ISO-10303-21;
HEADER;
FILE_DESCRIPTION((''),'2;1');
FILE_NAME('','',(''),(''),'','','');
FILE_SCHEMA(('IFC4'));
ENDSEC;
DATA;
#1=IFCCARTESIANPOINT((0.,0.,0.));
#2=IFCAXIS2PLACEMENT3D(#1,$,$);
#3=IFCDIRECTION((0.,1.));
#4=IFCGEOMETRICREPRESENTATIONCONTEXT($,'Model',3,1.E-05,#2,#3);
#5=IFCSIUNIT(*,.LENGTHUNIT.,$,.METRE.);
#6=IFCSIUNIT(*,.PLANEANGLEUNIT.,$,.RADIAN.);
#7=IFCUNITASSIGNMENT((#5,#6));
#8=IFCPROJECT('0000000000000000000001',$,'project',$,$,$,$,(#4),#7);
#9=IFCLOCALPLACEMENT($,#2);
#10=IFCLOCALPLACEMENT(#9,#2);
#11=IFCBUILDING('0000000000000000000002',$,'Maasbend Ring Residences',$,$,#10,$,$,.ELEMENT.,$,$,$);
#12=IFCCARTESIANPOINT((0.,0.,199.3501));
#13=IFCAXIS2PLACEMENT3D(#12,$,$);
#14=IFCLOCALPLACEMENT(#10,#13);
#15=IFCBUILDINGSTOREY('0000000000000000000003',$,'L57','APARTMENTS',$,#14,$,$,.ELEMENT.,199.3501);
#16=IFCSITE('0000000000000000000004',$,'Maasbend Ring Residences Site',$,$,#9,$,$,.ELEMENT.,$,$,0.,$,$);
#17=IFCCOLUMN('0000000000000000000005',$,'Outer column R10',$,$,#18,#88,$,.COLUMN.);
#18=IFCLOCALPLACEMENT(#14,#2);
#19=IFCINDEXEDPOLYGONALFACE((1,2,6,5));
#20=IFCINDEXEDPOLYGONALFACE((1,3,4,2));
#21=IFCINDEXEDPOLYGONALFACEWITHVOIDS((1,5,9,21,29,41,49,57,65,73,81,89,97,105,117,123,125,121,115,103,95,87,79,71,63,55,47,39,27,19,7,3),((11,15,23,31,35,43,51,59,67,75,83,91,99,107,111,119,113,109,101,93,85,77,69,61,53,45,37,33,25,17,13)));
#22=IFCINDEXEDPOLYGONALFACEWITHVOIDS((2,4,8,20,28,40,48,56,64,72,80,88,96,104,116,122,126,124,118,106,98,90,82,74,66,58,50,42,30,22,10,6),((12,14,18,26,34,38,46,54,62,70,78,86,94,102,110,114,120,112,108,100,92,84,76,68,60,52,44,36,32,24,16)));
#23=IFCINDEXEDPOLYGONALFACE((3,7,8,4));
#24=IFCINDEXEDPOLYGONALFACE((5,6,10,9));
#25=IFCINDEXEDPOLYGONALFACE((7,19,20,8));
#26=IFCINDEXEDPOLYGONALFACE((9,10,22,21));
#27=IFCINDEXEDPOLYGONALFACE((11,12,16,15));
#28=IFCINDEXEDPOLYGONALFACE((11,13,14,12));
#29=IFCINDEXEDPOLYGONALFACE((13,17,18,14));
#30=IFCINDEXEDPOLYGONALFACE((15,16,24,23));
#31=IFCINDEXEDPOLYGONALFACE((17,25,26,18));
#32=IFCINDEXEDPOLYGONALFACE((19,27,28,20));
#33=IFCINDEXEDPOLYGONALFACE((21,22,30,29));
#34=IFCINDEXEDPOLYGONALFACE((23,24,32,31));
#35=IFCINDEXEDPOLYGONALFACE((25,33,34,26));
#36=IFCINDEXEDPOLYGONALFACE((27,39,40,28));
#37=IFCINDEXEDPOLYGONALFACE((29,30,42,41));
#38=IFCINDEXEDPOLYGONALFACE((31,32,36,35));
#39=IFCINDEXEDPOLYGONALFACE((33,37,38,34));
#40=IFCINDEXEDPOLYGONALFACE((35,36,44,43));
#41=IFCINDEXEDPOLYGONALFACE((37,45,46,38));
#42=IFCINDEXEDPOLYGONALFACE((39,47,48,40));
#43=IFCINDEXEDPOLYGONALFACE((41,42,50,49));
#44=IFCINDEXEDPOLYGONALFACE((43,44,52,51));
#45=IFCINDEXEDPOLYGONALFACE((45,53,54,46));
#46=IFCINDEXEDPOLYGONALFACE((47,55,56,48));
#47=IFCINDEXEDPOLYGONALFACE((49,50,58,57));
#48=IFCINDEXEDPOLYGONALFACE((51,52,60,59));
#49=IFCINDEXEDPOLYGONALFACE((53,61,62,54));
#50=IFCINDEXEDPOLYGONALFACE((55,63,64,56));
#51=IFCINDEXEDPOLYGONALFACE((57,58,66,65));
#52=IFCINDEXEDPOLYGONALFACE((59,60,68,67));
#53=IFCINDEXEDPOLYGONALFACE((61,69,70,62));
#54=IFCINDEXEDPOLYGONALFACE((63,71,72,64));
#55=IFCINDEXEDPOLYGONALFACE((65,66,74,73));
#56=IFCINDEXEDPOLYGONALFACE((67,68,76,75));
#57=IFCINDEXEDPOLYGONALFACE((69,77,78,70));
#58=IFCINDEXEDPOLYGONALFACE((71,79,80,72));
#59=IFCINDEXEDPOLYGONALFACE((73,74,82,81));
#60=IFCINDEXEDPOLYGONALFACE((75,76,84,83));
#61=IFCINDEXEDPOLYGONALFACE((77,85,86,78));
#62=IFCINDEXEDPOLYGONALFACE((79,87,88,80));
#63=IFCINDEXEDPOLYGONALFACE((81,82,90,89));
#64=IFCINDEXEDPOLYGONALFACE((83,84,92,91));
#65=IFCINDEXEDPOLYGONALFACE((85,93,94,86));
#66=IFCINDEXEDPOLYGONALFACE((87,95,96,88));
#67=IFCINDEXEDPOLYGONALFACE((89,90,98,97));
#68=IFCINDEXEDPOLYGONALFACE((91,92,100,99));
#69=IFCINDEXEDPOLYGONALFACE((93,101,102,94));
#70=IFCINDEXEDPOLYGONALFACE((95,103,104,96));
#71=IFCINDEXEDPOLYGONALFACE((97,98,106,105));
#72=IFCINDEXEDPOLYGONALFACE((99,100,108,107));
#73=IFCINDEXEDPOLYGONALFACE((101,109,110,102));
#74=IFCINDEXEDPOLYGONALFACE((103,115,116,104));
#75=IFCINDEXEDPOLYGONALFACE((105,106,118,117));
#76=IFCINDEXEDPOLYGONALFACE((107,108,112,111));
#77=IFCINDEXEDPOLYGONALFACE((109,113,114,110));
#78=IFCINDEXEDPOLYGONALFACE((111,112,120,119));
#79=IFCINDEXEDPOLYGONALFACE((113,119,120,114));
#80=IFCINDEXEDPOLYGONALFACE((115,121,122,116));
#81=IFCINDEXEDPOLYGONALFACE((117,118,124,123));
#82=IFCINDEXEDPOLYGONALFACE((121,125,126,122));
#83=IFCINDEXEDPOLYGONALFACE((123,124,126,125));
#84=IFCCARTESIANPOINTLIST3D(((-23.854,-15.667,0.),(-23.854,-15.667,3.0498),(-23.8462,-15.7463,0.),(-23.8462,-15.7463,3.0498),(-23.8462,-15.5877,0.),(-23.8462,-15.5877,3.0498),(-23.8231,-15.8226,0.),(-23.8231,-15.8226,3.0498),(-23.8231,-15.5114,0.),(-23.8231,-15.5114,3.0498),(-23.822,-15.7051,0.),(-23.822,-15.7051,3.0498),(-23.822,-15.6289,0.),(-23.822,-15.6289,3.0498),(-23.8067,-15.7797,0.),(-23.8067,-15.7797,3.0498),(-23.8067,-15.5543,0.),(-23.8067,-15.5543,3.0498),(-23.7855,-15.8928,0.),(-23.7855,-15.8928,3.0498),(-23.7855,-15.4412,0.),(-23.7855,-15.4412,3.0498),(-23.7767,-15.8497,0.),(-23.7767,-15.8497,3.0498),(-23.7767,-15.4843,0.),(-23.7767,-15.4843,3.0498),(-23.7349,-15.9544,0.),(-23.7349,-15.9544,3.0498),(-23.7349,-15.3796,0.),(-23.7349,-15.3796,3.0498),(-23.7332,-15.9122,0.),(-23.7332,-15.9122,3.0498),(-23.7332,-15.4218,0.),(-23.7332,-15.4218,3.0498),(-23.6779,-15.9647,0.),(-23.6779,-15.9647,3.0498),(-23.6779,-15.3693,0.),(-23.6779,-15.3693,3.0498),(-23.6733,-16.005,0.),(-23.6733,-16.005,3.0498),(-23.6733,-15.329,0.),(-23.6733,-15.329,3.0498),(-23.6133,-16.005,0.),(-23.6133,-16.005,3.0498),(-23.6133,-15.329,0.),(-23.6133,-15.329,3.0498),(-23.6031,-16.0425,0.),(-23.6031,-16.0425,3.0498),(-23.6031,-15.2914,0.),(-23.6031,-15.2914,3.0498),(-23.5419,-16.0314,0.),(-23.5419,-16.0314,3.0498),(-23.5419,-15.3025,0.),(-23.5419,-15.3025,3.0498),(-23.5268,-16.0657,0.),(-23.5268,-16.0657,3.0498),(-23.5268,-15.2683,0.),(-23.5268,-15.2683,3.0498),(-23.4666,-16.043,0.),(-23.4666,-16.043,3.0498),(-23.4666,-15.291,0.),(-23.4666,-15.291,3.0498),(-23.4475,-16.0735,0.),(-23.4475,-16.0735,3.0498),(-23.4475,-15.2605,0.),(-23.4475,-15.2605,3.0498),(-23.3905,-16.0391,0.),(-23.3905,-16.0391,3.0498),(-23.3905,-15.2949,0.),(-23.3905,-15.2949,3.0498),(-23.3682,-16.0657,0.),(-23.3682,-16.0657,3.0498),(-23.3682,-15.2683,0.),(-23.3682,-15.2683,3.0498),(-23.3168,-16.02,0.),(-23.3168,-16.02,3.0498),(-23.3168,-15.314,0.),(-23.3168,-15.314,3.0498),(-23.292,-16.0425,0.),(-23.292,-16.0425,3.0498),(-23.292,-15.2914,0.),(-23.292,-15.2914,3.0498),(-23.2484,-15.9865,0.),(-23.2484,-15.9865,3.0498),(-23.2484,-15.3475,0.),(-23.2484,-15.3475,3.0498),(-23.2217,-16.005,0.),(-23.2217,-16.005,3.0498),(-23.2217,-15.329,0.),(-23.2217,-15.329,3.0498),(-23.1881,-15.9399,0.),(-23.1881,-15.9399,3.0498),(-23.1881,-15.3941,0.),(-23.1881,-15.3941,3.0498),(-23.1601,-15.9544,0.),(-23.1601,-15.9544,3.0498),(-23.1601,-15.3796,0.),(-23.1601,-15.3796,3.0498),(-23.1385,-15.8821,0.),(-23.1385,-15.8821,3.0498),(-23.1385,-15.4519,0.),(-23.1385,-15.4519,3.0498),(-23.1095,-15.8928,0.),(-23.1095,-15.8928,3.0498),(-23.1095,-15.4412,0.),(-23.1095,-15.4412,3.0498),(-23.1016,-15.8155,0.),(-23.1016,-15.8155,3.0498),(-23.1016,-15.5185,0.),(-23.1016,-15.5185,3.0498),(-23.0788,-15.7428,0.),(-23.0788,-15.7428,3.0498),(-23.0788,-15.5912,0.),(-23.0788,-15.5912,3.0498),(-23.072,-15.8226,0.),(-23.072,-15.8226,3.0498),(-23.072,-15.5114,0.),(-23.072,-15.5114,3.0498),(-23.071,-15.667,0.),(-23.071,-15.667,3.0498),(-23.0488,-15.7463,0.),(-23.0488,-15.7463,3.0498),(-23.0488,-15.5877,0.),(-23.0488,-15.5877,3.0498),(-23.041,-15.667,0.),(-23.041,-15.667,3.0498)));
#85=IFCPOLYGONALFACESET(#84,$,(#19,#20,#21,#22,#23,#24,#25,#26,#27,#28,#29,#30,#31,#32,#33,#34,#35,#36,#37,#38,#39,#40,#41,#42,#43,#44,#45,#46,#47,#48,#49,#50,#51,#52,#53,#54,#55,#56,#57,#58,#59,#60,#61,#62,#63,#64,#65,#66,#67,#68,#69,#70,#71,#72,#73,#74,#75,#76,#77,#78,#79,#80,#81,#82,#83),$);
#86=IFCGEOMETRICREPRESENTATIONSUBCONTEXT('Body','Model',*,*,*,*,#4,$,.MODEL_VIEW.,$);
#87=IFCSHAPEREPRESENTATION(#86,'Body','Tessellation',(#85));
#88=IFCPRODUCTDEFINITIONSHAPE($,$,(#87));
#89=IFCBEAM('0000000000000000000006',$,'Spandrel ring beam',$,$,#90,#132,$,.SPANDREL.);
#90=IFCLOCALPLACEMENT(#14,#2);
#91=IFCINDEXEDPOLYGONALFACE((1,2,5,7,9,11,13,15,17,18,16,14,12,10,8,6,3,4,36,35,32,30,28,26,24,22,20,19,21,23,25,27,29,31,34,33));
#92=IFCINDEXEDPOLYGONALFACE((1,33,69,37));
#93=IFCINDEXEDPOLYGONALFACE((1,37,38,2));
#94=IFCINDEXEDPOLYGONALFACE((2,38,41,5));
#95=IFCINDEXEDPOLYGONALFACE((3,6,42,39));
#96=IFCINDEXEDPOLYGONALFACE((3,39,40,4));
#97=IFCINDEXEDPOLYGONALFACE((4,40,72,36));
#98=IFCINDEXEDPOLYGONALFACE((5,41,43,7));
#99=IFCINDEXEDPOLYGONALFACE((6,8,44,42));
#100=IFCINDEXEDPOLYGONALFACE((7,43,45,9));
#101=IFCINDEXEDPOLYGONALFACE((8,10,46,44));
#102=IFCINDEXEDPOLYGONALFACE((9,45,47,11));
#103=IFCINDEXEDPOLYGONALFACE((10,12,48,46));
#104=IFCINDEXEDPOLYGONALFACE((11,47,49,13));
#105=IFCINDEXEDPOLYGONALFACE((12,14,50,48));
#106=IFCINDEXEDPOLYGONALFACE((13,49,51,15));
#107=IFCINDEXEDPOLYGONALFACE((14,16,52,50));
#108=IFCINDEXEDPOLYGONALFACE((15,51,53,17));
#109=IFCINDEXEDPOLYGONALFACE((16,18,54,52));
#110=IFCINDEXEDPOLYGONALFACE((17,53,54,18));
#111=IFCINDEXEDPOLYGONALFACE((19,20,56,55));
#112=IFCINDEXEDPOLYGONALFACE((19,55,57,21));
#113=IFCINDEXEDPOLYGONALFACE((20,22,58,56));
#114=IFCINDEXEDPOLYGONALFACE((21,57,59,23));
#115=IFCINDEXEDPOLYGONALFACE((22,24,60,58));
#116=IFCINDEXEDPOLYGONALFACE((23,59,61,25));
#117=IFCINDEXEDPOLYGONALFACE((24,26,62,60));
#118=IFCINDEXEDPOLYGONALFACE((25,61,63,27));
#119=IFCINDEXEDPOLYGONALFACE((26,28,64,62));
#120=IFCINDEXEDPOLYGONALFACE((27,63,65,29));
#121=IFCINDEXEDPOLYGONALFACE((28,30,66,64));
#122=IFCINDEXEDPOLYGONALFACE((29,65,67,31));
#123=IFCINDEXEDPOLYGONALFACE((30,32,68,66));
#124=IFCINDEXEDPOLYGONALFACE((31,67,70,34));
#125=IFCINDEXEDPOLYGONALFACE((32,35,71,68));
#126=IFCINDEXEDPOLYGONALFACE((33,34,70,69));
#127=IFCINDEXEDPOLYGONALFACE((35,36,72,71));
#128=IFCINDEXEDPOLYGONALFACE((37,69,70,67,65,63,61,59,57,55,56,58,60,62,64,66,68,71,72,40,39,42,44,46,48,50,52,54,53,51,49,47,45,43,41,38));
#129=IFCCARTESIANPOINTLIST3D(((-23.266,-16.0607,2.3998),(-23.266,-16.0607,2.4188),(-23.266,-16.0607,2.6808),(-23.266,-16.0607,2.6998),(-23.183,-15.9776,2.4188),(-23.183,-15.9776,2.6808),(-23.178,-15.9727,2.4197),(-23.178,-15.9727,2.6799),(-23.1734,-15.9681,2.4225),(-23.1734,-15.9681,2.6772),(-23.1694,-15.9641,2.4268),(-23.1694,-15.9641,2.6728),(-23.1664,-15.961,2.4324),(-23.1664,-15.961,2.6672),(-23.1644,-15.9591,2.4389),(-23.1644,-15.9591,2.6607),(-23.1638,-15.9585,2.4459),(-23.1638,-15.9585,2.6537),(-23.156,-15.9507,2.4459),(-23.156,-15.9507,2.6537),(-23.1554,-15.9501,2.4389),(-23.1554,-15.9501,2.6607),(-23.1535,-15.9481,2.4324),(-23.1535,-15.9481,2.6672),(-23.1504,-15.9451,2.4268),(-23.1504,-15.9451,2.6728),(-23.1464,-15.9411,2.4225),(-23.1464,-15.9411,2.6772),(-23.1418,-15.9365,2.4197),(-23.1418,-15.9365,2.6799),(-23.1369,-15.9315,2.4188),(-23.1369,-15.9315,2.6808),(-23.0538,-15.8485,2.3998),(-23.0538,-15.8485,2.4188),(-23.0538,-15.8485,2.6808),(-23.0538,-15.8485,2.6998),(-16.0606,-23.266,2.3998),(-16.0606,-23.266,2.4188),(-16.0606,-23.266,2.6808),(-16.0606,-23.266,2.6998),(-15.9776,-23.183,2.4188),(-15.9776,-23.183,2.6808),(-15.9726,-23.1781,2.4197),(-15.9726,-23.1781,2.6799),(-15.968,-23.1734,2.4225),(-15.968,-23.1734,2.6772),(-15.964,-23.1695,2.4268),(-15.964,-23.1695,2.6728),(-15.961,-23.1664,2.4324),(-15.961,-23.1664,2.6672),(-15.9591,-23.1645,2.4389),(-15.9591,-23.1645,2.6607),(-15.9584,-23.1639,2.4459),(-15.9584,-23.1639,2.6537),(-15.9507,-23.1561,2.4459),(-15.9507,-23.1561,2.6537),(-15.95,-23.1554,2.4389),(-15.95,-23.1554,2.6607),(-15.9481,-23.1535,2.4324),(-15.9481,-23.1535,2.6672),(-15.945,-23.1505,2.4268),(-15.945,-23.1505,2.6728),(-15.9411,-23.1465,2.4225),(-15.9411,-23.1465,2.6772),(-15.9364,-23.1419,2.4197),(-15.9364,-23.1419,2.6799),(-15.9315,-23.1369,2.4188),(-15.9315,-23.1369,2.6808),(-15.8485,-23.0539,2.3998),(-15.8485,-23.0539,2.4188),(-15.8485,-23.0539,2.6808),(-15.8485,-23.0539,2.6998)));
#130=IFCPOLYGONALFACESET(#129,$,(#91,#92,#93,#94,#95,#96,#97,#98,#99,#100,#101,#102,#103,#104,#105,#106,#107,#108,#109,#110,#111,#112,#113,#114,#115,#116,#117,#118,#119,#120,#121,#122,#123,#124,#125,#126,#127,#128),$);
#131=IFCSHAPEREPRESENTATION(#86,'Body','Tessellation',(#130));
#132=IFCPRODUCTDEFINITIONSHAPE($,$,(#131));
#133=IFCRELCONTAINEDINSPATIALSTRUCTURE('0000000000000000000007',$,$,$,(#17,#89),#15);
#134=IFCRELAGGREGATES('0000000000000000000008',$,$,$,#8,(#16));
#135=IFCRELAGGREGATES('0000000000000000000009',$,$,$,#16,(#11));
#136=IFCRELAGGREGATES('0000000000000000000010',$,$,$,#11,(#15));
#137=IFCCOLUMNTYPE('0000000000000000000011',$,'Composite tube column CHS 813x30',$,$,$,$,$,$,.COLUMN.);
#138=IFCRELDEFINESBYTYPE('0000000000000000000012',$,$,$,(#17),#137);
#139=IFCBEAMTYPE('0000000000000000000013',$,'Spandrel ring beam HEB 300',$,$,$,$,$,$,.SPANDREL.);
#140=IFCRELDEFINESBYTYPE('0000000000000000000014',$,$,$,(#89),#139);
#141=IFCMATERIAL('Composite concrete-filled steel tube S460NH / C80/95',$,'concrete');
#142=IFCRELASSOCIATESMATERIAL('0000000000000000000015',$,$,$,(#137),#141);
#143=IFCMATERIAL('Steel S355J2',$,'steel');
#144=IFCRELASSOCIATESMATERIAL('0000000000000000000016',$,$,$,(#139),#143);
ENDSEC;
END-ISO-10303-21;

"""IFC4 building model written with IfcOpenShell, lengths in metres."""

from ifc_helpers import new_model, si_unit, direction, frame, origin, origin_2d, place, context, subcontext, project, spatial, hollow_circle, i_section, extrude, material, material_profile, profile_set, type_object, element, save


model = new_model("IFC4")

# Units and contexts
model_context = context("Model", 3, precision=1e-05, world=origin(), true_north=direction((0.0, 1.0)))
body_context = subcontext(model_context, "Body", "Model", "MODEL_VIEW")
ifc_project = project(units=[si_unit("LENGTHUNIT", "METRE"), si_unit("PLANEANGLEUNIT", "RADIAN")], contexts=[model_context])

# Site, building, storey
site_placement = place(None, origin())
site = spatial("IfcSite", under=ifc_project, at=site_placement, Name="Maasbend Ring Residences Site", CompositionType="ELEMENT", RefElevation=0.0)
building_placement = place(site_placement, origin())
building = spatial("IfcBuilding", under=site, at=building_placement, Name="Maasbend Ring Residences", CompositionType="ELEMENT")
storey_placement = place(building_placement, frame((0.0, 0.0, 199.3501)))
storey = spatial("IfcBuildingStorey", under=building, at=storey_placement, Name="L57", Description="APARTMENTS", CompositionType="ELEMENT", Elevation=199.3501)

# Column
ifc_material_1 = material(Name="Composite concrete-filled steel tube S460NH / C80/95", Category="concrete")
ifc_material_profile_1 = material_profile(ifc_material_1, hollow_circle(Radius=0.4065, WallThickness=0.03, at=origin_2d()), Name="Composite tube column CHS 813x30")
ifc_profile_set_1 = profile_set([ifc_material_profile_1], Name="Composite concrete-filled steel tube S460NH / C80/95")
column_type = type_object("IfcColumnType", Name="Composite tube column CHS 813x30", PredefinedType="COLUMN", material=ifc_profile_set_1)
column_placement = place(storey_placement, frame((-23.4475, -15.667, 0.0), z_axis=(0.0, 0.0, 1.0), x_axis=(1.0, 0.0, 0.0)))
element("IfcColumn", 1, at=column_placement, inside=storey, type_object=column_type, Name="Outer column R10", PredefinedType="COLUMN", context=body_context, shape_type="SweptSolid", body=[
    extrude(hollow_circle(Radius=0.4065, WallThickness=0.03, at=origin_2d()), origin(), (0.0, 0.0, 1.0), 3.0498),
])

# Beam
ifc_material_2 = material(Name="Steel S355J2", Category="steel")
ifc_material_profile_2 = material_profile(ifc_material_2, i_section(OverallWidth=0.3, OverallDepth=0.3, WebThickness=0.011, FlangeThickness=0.019, FilletRadius=0.0271, at=origin_2d()), Name="HEB 300")
ifc_profile_set_2 = profile_set([ifc_material_profile_2], Name="Steel S355J2")
beam_type = type_object("IfcBeamType", Name="Spandrel ring beam HEB 300", PredefinedType="SPANDREL", material=ifc_profile_set_2)
beam_placement = place(storey_placement, frame((-23.1599, -15.9546, 2.5498), z_axis=(0.707107, -0.707107, 0.0), x_axis=(0.707107, 0.707107, 0.0)))
element("IfcBeam", 2, at=beam_placement, inside=storey, type_object=beam_type, Name="Spandrel ring beam", PredefinedType="SPANDREL", context=body_context, shape_type="SweptSolid", body=[
    extrude(i_section(OverallWidth=0.3, OverallDepth=0.3, WebThickness=0.011, FlangeThickness=0.019, FilletRadius=0.0271, at=origin_2d()), origin(), (0.0, 0.0, 1.0), 10.1899),
])

save(model, "model.ifc")
